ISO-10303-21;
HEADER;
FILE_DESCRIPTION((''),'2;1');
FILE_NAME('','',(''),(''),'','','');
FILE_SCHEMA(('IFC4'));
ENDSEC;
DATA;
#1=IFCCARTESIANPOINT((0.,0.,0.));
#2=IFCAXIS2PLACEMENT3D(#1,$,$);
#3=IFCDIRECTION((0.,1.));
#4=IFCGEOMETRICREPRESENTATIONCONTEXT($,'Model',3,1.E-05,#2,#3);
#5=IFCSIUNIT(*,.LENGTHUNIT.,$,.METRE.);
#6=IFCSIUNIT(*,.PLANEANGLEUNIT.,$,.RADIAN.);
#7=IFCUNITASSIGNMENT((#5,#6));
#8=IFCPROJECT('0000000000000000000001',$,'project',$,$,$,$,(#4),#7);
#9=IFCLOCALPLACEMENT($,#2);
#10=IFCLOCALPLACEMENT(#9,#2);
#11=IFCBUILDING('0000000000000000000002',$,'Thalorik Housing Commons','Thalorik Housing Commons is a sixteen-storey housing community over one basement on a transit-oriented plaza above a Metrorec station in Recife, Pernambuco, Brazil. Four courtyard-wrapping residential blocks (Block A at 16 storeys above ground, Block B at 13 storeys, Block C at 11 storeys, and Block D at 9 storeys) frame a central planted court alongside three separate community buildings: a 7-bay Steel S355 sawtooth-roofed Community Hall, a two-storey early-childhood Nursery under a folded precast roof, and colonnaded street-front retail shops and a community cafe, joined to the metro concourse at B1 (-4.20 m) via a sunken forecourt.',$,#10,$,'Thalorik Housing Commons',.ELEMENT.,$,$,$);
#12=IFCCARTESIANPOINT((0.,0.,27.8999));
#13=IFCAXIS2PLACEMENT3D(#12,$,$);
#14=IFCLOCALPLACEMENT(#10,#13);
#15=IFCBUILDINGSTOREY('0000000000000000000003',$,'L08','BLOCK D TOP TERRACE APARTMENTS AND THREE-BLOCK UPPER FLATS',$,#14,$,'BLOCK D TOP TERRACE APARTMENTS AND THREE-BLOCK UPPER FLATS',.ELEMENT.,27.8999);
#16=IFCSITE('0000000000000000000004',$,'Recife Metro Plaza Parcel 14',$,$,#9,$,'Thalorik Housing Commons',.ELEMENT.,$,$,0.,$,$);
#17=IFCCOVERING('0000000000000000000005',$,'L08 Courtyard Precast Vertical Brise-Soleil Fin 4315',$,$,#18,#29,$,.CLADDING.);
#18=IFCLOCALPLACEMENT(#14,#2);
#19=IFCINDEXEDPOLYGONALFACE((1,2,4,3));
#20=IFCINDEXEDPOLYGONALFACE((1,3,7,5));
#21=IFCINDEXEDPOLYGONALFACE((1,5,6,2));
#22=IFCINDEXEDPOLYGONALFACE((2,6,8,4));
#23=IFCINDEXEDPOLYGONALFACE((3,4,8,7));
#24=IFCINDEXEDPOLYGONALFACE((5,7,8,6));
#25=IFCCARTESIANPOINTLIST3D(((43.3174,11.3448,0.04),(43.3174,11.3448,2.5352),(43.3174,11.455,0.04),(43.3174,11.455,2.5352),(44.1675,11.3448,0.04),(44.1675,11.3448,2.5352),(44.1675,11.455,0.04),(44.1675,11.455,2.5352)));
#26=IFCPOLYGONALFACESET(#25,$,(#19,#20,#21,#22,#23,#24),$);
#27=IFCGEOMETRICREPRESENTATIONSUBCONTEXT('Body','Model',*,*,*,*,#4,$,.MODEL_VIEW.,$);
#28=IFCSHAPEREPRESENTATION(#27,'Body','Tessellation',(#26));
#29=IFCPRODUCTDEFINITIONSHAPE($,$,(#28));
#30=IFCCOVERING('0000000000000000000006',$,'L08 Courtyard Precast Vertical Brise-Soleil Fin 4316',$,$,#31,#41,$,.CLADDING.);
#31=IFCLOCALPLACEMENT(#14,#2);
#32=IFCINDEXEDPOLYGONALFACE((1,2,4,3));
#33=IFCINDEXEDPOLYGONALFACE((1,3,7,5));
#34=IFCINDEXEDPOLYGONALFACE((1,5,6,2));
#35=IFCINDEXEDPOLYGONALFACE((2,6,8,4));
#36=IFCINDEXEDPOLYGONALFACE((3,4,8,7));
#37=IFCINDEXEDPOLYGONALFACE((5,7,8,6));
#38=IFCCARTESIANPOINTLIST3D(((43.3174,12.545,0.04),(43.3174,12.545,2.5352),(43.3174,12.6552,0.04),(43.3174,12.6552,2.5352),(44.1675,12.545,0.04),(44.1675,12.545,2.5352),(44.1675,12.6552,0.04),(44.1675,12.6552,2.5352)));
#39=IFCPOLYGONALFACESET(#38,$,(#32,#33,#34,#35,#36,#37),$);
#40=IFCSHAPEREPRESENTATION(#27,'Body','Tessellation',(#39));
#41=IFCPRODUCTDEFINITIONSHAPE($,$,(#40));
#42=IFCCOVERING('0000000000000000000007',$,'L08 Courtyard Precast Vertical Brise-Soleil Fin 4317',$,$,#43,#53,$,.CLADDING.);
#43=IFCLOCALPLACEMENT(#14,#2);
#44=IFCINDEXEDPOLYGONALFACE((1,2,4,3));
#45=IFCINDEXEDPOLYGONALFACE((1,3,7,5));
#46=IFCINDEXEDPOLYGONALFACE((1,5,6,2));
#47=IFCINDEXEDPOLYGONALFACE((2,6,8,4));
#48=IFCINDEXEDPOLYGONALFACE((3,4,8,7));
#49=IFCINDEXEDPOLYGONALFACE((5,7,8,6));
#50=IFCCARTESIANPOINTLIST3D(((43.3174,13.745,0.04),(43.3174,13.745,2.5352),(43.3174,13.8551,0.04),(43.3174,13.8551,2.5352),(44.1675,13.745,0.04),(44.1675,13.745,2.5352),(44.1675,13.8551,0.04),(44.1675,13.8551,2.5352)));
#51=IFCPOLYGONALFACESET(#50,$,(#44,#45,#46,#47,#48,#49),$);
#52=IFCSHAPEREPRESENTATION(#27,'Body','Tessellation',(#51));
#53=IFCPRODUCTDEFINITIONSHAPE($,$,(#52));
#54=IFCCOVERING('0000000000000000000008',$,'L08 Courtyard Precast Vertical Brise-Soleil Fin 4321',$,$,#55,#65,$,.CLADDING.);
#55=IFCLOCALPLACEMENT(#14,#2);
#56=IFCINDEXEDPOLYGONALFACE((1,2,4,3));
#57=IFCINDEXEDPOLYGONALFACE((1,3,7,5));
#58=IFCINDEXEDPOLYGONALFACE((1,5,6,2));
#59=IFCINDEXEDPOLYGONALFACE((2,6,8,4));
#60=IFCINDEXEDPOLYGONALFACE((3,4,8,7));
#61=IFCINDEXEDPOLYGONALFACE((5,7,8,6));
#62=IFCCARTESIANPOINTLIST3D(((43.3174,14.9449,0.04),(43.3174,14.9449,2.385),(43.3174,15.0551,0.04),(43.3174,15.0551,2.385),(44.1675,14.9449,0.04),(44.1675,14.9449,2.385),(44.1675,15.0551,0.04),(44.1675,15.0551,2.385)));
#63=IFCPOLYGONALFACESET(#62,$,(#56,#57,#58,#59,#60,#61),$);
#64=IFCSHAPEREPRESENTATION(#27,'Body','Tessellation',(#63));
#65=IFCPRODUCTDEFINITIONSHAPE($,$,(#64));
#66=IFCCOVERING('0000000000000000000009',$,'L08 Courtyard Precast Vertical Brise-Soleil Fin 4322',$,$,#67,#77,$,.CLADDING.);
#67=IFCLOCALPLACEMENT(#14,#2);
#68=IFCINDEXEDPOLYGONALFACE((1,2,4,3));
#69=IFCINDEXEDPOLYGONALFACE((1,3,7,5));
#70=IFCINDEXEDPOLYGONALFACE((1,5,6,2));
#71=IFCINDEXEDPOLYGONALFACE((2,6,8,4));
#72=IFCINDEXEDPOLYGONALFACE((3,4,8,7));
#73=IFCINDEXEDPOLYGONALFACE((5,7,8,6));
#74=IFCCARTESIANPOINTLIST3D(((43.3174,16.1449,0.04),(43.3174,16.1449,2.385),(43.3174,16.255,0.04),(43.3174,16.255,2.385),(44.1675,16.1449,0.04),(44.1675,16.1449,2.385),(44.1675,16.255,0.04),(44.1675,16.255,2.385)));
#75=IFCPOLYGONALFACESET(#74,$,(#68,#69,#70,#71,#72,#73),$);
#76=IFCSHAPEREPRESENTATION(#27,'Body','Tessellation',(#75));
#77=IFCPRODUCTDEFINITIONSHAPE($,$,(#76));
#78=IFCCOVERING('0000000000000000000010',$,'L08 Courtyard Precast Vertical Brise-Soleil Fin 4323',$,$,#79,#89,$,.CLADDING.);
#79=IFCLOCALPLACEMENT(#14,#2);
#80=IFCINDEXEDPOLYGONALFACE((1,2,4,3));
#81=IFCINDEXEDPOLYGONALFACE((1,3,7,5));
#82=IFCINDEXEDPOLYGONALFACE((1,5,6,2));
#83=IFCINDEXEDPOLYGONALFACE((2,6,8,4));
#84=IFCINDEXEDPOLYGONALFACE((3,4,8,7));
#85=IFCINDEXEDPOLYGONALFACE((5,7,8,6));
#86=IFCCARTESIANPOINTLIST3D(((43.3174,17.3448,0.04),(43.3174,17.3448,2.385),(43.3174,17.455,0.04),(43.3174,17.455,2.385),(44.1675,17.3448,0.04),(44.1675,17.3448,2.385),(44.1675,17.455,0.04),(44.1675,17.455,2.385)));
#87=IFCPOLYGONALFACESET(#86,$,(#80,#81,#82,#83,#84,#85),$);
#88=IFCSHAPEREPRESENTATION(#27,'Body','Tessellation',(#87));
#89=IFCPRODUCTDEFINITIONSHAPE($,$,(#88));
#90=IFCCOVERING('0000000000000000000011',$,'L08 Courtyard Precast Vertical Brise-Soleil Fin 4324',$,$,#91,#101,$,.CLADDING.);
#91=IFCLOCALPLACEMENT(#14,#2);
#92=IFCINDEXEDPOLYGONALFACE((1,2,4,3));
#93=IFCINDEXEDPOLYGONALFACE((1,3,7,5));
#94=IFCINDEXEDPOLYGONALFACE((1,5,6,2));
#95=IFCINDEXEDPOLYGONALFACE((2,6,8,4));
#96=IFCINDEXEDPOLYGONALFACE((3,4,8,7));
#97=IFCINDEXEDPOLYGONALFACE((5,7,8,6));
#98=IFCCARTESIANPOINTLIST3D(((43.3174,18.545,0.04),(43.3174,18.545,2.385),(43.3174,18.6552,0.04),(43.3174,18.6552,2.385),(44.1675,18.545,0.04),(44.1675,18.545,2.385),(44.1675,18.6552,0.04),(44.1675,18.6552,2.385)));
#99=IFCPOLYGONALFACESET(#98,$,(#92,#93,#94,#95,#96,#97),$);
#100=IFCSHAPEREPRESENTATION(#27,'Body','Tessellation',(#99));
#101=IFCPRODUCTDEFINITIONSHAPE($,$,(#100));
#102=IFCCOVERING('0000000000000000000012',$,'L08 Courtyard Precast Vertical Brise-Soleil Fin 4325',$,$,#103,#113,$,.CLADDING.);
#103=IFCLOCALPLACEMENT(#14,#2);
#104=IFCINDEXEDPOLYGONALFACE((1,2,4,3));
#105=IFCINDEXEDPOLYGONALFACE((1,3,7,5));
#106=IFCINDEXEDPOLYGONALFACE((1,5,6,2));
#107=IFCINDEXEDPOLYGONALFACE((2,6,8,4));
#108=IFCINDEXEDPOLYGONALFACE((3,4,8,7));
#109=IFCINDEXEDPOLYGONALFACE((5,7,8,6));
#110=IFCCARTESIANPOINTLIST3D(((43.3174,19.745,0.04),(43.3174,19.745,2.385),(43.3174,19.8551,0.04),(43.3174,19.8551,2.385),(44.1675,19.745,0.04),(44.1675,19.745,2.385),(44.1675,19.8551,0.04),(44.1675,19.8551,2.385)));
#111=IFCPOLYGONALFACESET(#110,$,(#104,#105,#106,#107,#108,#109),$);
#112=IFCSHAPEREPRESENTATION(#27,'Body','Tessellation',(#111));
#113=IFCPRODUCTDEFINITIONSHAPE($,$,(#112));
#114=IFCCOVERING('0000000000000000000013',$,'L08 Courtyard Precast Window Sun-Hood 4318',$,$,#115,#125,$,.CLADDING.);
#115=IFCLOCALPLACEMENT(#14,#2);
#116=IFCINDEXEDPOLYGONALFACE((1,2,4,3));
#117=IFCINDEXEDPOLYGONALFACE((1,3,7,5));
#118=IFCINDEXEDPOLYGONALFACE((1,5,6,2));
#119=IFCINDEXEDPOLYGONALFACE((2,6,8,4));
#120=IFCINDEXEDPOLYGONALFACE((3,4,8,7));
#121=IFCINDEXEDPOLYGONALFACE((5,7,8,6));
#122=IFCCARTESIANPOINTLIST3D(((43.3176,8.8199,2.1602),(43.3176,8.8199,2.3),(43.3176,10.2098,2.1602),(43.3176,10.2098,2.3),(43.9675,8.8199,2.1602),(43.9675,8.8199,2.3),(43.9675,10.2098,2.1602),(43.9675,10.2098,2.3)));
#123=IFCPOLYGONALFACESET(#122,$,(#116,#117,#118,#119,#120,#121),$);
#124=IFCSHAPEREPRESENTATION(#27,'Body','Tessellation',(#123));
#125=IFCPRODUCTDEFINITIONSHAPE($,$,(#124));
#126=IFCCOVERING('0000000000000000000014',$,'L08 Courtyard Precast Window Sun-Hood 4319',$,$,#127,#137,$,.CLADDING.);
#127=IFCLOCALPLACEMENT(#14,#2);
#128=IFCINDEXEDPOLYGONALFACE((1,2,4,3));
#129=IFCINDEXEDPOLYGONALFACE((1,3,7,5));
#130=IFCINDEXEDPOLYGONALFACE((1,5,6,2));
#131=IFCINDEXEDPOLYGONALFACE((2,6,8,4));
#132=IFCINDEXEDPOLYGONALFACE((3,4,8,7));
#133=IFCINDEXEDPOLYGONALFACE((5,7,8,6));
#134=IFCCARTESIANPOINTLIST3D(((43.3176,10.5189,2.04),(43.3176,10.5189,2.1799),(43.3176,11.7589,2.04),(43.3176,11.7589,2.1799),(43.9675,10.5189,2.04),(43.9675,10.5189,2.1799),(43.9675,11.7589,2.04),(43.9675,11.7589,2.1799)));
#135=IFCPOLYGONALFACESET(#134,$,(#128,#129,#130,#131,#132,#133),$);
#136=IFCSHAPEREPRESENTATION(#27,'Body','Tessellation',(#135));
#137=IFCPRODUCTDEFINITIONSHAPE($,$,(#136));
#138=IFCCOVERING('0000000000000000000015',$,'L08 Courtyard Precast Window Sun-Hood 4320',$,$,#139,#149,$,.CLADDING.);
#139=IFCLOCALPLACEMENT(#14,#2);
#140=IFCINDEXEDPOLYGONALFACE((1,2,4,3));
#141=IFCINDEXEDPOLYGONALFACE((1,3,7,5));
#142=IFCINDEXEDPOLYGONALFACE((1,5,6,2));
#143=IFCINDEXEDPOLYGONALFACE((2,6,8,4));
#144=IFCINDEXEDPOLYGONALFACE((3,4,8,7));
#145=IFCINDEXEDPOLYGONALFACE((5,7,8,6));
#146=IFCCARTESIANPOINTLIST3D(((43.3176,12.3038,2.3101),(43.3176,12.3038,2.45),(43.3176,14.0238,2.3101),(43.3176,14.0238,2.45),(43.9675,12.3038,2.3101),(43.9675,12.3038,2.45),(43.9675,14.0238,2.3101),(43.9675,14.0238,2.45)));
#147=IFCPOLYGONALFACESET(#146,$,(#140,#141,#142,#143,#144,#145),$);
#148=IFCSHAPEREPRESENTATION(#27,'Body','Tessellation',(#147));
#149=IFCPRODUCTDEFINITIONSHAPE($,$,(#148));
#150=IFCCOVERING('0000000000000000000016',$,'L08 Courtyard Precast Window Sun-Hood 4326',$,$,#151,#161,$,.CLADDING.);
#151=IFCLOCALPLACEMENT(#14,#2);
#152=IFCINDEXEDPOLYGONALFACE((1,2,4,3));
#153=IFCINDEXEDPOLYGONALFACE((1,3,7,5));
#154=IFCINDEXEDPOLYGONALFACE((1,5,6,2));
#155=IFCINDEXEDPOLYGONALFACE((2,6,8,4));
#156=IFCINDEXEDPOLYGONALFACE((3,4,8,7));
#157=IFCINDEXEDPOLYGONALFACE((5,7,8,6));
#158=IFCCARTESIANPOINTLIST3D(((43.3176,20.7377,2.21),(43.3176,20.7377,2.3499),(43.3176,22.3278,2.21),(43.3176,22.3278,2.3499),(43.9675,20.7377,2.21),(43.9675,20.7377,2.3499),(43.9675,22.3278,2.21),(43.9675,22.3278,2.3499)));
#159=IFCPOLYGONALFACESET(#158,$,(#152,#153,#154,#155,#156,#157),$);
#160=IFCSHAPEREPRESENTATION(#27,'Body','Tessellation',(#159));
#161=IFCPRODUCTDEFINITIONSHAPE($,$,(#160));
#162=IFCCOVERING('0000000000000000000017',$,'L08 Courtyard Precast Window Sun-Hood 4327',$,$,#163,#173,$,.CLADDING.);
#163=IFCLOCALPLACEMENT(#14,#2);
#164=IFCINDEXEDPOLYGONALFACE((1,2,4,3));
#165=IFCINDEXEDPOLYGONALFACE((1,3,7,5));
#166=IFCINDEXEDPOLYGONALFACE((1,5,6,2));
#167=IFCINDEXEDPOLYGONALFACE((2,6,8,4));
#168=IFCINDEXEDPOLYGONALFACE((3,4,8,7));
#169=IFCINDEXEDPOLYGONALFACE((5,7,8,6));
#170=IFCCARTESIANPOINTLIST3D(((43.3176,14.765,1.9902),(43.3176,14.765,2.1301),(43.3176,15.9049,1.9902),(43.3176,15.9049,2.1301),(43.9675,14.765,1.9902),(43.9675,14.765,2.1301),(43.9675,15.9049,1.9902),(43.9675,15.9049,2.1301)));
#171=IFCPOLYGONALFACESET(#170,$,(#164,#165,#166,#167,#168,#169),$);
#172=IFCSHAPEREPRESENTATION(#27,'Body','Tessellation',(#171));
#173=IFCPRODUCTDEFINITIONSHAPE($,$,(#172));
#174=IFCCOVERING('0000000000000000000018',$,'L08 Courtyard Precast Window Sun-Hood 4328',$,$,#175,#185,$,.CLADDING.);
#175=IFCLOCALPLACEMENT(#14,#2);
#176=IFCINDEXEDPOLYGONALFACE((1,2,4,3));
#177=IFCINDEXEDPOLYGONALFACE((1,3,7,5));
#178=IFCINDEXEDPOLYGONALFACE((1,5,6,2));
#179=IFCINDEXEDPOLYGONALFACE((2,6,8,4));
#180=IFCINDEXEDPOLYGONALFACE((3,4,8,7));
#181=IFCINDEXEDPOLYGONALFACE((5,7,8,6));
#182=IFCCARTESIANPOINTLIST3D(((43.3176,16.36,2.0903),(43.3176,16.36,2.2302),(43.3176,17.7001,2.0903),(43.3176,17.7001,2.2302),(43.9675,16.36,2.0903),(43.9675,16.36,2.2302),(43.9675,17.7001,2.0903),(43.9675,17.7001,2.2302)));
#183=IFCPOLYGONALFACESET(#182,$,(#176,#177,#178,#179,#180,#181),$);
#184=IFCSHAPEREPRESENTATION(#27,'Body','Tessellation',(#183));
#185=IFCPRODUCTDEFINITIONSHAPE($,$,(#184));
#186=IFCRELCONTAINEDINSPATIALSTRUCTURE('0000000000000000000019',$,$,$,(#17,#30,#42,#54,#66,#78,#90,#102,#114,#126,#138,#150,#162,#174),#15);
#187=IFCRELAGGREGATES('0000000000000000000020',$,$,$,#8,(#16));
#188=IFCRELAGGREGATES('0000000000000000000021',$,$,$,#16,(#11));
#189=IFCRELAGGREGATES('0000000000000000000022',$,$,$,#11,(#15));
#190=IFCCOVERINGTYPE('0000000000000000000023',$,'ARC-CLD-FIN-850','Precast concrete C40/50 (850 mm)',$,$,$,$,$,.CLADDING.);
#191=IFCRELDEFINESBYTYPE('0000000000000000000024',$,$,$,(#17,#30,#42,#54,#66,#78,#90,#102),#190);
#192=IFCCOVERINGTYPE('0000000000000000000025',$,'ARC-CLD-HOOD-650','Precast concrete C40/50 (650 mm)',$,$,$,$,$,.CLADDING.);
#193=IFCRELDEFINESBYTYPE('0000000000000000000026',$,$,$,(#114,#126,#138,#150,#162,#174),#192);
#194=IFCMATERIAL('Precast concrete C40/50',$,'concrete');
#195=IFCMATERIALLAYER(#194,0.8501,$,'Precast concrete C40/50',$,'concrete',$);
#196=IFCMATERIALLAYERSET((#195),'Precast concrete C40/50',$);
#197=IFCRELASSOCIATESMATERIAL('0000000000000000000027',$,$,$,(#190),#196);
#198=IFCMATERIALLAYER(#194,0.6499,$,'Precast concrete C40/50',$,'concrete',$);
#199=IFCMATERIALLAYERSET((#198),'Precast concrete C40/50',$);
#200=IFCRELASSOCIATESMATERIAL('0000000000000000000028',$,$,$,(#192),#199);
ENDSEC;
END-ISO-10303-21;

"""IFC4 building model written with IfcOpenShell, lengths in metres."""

from ifc_helpers import new_model, si_unit, direction, frame, origin, origin_2d, place, context, subcontext, project, spatial, rectangle, extrude, material, layer, layer_set, type_object, element, save


model = new_model("IFC4")

# Units and contexts
model_context = context("Model", 3, precision=1e-05, world=origin(), true_north=direction((0.0, 1.0)))
body_context = subcontext(model_context, "Body", "Model", "MODEL_VIEW")
ifc_project = project(units=[si_unit("LENGTHUNIT", "METRE"), si_unit("PLANEANGLEUNIT", "RADIAN")], contexts=[model_context])

# Site, building, storey
site_placement = place(None, origin())
site = spatial("IfcSite", under=ifc_project, at=site_placement, Name="Recife Metro Plaza Parcel 14", LongName="Thalorik Housing Commons", CompositionType="ELEMENT", RefElevation=0.0)
building_placement = place(site_placement, origin())
building = spatial("IfcBuilding", under=site, at=building_placement, Name="Thalorik Housing Commons", Description="Thalorik Housing Commons is a sixteen-storey housing community over one basement on a transit-oriented plaza above a Metrorec station in Recife, Pernambuco, Brazil. Four courtyard-wrapping residential blocks (Block A at 16 storeys above ground, Block B at 13 storeys, Block C at 11 storeys, and Block D at 9 storeys) frame a central planted court alongside three separate community buildings: a 7-bay Steel S355 sawtooth-roofed Community Hall, a two-storey early-childhood Nursery under a folded precast roof, and colonnaded street-front retail shops and a community cafe, joined to the metro concourse at B1 (-4.20 m) via a sunken forecourt.", LongName="Thalorik Housing Commons", CompositionType="ELEMENT")
storey_placement = place(building_placement, frame((0.0, 0.0, 27.8999)))
storey = spatial("IfcBuildingStorey", under=building, at=storey_placement, Name="L08", Description="BLOCK D TOP TERRACE APARTMENTS AND THREE-BLOCK UPPER FLATS", LongName="BLOCK D TOP TERRACE APARTMENTS AND THREE-BLOCK UPPER FLATS", CompositionType="ELEMENT", Elevation=27.8999)

# Shared definitions
ifc_material_1 = material(Name="Precast concrete C40/50", Category="concrete")

# Coverings
ifc_layer_1 = layer(ifc_material_1, 0.8501, Name="Precast concrete C40/50", Category="concrete")
ifc_layer_set_1 = layer_set([ifc_layer_1], Name="Precast concrete C40/50")
covering_type_1 = type_object("IfcCoveringType", Name="ARC-CLD-FIN-850", Description="Precast concrete C40/50 (850 mm)", PredefinedType="CLADDING", material=ifc_layer_set_1)
for number, where, z_axis, x_axis, name in (
    (1, (43.7424, 11.3999, 0.04), (0.0, 0.0, 1.0), (0.0, 1.0, 0.0), "L08 Courtyard Precast Vertical Brise-Soleil Fin 4315"),
    (2, (43.7424, 12.6001, 0.04), (0.0, 0.0, 1.0), (0.0, 1.0, 0.0), "L08 Courtyard Precast Vertical Brise-Soleil Fin 4316"),
    (3, (43.7424, 13.8, 0.04), (0.0, 0.0, 1.0), (0.0, 1.0, 0.0), "L08 Courtyard Precast Vertical Brise-Soleil Fin 4317"),
):
    element("IfcCovering", number, at=place(storey_placement, frame(where, z_axis=z_axis, x_axis=x_axis)), inside=storey, type_object=covering_type_1, Name=name, PredefinedType="CLADDING", context=body_context, shape_type="SweptSolid", body=[
        extrude(rectangle(XDim=0.1101, YDim=0.8501, at=origin_2d()), origin(), (0.0, 0.0, 1.0), 2.4951),
    ])
for number, where, z_axis, x_axis, name in (
    (4, (43.7424, 15.0, 0.04), (0.0, 0.0, 1.0), (0.0, 1.0, 0.0), "L08 Courtyard Precast Vertical Brise-Soleil Fin 4321"),
    (5, (43.7424, 16.2, 0.04), (0.0, 0.0, 1.0), (0.0, 1.0, 0.0), "L08 Courtyard Precast Vertical Brise-Soleil Fin 4322"),
    (6, (43.7424, 17.3999, 0.04), (0.0, 0.0, 1.0), (0.0, 1.0, 0.0), "L08 Courtyard Precast Vertical Brise-Soleil Fin 4323"),
    (7, (43.7424, 18.6001, 0.04), (0.0, 0.0, 1.0), (0.0, 1.0, 0.0), "L08 Courtyard Precast Vertical Brise-Soleil Fin 4324"),
    (8, (43.7424, 19.8, 0.04), (0.0, 0.0, 1.0), (0.0, 1.0, 0.0), "L08 Courtyard Precast Vertical Brise-Soleil Fin 4325"),
):
    element("IfcCovering", number, at=place(storey_placement, frame(where, z_axis=z_axis, x_axis=x_axis)), inside=storey, type_object=covering_type_1, Name=name, PredefinedType="CLADDING", context=body_context, shape_type="SweptSolid", body=[
        extrude(rectangle(XDim=0.1101, YDim=0.8501, at=origin_2d()), origin(), (0.0, 0.0, 1.0), 2.345),
    ])
ifc_layer_2 = layer(ifc_material_1, 0.6499, Name="Precast concrete C40/50", Category="concrete")
ifc_layer_set_2 = layer_set([ifc_layer_2], Name="Precast concrete C40/50")
covering_type_2 = type_object("IfcCoveringType", Name="ARC-CLD-HOOD-650", Description="Precast concrete C40/50 (650 mm)", PredefinedType="CLADDING", material=ifc_layer_set_2)
covering_1_placement = place(storey_placement, frame((43.6426, 9.5149, 2.1602), z_axis=(0.0, 0.0, 1.0), x_axis=(0.0, 1.0, 0.0)))
element("IfcCovering", 9, at=covering_1_placement, inside=storey, type_object=covering_type_2, Name="L08 Courtyard Precast Window Sun-Hood 4318", PredefinedType="CLADDING", context=body_context, shape_type="SweptSolid", body=[
    extrude(rectangle(XDim=1.3899, YDim=0.6499, at=origin_2d()), origin(), (0.0, 0.0, 1.0), 0.1399),
])
covering_2_placement = place(storey_placement, frame((43.6426, 11.1389, 2.04), z_axis=(0.0, 0.0, 1.0), x_axis=(0.0, 1.0, 0.0)))
element("IfcCovering", 10, at=covering_2_placement, inside=storey, type_object=covering_type_2, Name="L08 Courtyard Precast Window Sun-Hood 4319", PredefinedType="CLADDING", context=body_context, shape_type="SweptSolid", body=[
    extrude(rectangle(XDim=1.24, YDim=0.6499, at=origin_2d()), origin(), (0.0, 0.0, 1.0), 0.1399),
])
covering_3_placement = place(storey_placement, frame((43.6426, 13.1638, 2.3101), z_axis=(0.0, 0.0, 1.0), x_axis=(0.0, 1.0, 0.0)))
element("IfcCovering", 11, at=covering_3_placement, inside=storey, type_object=covering_type_2, Name="L08 Courtyard Precast Window Sun-Hood 4320", PredefinedType="CLADDING", context=body_context, shape_type="SweptSolid", body=[
    extrude(rectangle(XDim=1.72, YDim=0.6499, at=origin_2d()), origin(), (0.0, 0.0, 1.0), 0.1399),
])
covering_4_placement = place(storey_placement, frame((43.6426, 21.5327, 2.21), z_axis=(0.0, 0.0, 1.0), x_axis=(0.0, 1.0, 0.0)))
element("IfcCovering", 12, at=covering_4_placement, inside=storey, type_object=covering_type_2, Name="L08 Courtyard Precast Window Sun-Hood 4326", PredefinedType="CLADDING", context=body_context, shape_type="SweptSolid", body=[
    extrude(rectangle(XDim=1.5901, YDim=0.6499, at=origin_2d()), origin(), (0.0, 0.0, 1.0), 0.1399),
])
covering_5_placement = place(storey_placement, frame((43.6426, 15.335, 1.9902), z_axis=(0.0, 0.0, 1.0), x_axis=(0.0, 1.0, 0.0)))
element("IfcCovering", 13, at=covering_5_placement, inside=storey, type_object=covering_type_2, Name="L08 Courtyard Precast Window Sun-Hood 4327", PredefinedType="CLADDING", context=body_context, shape_type="SweptSolid", body=[
    extrude(rectangle(XDim=1.1399, YDim=0.6499, at=origin_2d()), origin(), (0.0, 0.0, 1.0), 0.1399),
])
covering_6_placement = place(storey_placement, frame((43.6426, 17.03, 2.0903), z_axis=(0.0, 0.0, 1.0), x_axis=(0.0, 1.0, 0.0)))
element("IfcCovering", 14, at=covering_6_placement, inside=storey, type_object=covering_type_2, Name="L08 Courtyard Precast Window Sun-Hood 4328", PredefinedType="CLADDING", context=body_context, shape_type="SweptSolid", body=[
    extrude(rectangle(XDim=1.3401, YDim=0.6499, at=origin_2d()), origin(), (0.0, 0.0, 1.0), 0.1399),
])

save(model, "model.ifc")
